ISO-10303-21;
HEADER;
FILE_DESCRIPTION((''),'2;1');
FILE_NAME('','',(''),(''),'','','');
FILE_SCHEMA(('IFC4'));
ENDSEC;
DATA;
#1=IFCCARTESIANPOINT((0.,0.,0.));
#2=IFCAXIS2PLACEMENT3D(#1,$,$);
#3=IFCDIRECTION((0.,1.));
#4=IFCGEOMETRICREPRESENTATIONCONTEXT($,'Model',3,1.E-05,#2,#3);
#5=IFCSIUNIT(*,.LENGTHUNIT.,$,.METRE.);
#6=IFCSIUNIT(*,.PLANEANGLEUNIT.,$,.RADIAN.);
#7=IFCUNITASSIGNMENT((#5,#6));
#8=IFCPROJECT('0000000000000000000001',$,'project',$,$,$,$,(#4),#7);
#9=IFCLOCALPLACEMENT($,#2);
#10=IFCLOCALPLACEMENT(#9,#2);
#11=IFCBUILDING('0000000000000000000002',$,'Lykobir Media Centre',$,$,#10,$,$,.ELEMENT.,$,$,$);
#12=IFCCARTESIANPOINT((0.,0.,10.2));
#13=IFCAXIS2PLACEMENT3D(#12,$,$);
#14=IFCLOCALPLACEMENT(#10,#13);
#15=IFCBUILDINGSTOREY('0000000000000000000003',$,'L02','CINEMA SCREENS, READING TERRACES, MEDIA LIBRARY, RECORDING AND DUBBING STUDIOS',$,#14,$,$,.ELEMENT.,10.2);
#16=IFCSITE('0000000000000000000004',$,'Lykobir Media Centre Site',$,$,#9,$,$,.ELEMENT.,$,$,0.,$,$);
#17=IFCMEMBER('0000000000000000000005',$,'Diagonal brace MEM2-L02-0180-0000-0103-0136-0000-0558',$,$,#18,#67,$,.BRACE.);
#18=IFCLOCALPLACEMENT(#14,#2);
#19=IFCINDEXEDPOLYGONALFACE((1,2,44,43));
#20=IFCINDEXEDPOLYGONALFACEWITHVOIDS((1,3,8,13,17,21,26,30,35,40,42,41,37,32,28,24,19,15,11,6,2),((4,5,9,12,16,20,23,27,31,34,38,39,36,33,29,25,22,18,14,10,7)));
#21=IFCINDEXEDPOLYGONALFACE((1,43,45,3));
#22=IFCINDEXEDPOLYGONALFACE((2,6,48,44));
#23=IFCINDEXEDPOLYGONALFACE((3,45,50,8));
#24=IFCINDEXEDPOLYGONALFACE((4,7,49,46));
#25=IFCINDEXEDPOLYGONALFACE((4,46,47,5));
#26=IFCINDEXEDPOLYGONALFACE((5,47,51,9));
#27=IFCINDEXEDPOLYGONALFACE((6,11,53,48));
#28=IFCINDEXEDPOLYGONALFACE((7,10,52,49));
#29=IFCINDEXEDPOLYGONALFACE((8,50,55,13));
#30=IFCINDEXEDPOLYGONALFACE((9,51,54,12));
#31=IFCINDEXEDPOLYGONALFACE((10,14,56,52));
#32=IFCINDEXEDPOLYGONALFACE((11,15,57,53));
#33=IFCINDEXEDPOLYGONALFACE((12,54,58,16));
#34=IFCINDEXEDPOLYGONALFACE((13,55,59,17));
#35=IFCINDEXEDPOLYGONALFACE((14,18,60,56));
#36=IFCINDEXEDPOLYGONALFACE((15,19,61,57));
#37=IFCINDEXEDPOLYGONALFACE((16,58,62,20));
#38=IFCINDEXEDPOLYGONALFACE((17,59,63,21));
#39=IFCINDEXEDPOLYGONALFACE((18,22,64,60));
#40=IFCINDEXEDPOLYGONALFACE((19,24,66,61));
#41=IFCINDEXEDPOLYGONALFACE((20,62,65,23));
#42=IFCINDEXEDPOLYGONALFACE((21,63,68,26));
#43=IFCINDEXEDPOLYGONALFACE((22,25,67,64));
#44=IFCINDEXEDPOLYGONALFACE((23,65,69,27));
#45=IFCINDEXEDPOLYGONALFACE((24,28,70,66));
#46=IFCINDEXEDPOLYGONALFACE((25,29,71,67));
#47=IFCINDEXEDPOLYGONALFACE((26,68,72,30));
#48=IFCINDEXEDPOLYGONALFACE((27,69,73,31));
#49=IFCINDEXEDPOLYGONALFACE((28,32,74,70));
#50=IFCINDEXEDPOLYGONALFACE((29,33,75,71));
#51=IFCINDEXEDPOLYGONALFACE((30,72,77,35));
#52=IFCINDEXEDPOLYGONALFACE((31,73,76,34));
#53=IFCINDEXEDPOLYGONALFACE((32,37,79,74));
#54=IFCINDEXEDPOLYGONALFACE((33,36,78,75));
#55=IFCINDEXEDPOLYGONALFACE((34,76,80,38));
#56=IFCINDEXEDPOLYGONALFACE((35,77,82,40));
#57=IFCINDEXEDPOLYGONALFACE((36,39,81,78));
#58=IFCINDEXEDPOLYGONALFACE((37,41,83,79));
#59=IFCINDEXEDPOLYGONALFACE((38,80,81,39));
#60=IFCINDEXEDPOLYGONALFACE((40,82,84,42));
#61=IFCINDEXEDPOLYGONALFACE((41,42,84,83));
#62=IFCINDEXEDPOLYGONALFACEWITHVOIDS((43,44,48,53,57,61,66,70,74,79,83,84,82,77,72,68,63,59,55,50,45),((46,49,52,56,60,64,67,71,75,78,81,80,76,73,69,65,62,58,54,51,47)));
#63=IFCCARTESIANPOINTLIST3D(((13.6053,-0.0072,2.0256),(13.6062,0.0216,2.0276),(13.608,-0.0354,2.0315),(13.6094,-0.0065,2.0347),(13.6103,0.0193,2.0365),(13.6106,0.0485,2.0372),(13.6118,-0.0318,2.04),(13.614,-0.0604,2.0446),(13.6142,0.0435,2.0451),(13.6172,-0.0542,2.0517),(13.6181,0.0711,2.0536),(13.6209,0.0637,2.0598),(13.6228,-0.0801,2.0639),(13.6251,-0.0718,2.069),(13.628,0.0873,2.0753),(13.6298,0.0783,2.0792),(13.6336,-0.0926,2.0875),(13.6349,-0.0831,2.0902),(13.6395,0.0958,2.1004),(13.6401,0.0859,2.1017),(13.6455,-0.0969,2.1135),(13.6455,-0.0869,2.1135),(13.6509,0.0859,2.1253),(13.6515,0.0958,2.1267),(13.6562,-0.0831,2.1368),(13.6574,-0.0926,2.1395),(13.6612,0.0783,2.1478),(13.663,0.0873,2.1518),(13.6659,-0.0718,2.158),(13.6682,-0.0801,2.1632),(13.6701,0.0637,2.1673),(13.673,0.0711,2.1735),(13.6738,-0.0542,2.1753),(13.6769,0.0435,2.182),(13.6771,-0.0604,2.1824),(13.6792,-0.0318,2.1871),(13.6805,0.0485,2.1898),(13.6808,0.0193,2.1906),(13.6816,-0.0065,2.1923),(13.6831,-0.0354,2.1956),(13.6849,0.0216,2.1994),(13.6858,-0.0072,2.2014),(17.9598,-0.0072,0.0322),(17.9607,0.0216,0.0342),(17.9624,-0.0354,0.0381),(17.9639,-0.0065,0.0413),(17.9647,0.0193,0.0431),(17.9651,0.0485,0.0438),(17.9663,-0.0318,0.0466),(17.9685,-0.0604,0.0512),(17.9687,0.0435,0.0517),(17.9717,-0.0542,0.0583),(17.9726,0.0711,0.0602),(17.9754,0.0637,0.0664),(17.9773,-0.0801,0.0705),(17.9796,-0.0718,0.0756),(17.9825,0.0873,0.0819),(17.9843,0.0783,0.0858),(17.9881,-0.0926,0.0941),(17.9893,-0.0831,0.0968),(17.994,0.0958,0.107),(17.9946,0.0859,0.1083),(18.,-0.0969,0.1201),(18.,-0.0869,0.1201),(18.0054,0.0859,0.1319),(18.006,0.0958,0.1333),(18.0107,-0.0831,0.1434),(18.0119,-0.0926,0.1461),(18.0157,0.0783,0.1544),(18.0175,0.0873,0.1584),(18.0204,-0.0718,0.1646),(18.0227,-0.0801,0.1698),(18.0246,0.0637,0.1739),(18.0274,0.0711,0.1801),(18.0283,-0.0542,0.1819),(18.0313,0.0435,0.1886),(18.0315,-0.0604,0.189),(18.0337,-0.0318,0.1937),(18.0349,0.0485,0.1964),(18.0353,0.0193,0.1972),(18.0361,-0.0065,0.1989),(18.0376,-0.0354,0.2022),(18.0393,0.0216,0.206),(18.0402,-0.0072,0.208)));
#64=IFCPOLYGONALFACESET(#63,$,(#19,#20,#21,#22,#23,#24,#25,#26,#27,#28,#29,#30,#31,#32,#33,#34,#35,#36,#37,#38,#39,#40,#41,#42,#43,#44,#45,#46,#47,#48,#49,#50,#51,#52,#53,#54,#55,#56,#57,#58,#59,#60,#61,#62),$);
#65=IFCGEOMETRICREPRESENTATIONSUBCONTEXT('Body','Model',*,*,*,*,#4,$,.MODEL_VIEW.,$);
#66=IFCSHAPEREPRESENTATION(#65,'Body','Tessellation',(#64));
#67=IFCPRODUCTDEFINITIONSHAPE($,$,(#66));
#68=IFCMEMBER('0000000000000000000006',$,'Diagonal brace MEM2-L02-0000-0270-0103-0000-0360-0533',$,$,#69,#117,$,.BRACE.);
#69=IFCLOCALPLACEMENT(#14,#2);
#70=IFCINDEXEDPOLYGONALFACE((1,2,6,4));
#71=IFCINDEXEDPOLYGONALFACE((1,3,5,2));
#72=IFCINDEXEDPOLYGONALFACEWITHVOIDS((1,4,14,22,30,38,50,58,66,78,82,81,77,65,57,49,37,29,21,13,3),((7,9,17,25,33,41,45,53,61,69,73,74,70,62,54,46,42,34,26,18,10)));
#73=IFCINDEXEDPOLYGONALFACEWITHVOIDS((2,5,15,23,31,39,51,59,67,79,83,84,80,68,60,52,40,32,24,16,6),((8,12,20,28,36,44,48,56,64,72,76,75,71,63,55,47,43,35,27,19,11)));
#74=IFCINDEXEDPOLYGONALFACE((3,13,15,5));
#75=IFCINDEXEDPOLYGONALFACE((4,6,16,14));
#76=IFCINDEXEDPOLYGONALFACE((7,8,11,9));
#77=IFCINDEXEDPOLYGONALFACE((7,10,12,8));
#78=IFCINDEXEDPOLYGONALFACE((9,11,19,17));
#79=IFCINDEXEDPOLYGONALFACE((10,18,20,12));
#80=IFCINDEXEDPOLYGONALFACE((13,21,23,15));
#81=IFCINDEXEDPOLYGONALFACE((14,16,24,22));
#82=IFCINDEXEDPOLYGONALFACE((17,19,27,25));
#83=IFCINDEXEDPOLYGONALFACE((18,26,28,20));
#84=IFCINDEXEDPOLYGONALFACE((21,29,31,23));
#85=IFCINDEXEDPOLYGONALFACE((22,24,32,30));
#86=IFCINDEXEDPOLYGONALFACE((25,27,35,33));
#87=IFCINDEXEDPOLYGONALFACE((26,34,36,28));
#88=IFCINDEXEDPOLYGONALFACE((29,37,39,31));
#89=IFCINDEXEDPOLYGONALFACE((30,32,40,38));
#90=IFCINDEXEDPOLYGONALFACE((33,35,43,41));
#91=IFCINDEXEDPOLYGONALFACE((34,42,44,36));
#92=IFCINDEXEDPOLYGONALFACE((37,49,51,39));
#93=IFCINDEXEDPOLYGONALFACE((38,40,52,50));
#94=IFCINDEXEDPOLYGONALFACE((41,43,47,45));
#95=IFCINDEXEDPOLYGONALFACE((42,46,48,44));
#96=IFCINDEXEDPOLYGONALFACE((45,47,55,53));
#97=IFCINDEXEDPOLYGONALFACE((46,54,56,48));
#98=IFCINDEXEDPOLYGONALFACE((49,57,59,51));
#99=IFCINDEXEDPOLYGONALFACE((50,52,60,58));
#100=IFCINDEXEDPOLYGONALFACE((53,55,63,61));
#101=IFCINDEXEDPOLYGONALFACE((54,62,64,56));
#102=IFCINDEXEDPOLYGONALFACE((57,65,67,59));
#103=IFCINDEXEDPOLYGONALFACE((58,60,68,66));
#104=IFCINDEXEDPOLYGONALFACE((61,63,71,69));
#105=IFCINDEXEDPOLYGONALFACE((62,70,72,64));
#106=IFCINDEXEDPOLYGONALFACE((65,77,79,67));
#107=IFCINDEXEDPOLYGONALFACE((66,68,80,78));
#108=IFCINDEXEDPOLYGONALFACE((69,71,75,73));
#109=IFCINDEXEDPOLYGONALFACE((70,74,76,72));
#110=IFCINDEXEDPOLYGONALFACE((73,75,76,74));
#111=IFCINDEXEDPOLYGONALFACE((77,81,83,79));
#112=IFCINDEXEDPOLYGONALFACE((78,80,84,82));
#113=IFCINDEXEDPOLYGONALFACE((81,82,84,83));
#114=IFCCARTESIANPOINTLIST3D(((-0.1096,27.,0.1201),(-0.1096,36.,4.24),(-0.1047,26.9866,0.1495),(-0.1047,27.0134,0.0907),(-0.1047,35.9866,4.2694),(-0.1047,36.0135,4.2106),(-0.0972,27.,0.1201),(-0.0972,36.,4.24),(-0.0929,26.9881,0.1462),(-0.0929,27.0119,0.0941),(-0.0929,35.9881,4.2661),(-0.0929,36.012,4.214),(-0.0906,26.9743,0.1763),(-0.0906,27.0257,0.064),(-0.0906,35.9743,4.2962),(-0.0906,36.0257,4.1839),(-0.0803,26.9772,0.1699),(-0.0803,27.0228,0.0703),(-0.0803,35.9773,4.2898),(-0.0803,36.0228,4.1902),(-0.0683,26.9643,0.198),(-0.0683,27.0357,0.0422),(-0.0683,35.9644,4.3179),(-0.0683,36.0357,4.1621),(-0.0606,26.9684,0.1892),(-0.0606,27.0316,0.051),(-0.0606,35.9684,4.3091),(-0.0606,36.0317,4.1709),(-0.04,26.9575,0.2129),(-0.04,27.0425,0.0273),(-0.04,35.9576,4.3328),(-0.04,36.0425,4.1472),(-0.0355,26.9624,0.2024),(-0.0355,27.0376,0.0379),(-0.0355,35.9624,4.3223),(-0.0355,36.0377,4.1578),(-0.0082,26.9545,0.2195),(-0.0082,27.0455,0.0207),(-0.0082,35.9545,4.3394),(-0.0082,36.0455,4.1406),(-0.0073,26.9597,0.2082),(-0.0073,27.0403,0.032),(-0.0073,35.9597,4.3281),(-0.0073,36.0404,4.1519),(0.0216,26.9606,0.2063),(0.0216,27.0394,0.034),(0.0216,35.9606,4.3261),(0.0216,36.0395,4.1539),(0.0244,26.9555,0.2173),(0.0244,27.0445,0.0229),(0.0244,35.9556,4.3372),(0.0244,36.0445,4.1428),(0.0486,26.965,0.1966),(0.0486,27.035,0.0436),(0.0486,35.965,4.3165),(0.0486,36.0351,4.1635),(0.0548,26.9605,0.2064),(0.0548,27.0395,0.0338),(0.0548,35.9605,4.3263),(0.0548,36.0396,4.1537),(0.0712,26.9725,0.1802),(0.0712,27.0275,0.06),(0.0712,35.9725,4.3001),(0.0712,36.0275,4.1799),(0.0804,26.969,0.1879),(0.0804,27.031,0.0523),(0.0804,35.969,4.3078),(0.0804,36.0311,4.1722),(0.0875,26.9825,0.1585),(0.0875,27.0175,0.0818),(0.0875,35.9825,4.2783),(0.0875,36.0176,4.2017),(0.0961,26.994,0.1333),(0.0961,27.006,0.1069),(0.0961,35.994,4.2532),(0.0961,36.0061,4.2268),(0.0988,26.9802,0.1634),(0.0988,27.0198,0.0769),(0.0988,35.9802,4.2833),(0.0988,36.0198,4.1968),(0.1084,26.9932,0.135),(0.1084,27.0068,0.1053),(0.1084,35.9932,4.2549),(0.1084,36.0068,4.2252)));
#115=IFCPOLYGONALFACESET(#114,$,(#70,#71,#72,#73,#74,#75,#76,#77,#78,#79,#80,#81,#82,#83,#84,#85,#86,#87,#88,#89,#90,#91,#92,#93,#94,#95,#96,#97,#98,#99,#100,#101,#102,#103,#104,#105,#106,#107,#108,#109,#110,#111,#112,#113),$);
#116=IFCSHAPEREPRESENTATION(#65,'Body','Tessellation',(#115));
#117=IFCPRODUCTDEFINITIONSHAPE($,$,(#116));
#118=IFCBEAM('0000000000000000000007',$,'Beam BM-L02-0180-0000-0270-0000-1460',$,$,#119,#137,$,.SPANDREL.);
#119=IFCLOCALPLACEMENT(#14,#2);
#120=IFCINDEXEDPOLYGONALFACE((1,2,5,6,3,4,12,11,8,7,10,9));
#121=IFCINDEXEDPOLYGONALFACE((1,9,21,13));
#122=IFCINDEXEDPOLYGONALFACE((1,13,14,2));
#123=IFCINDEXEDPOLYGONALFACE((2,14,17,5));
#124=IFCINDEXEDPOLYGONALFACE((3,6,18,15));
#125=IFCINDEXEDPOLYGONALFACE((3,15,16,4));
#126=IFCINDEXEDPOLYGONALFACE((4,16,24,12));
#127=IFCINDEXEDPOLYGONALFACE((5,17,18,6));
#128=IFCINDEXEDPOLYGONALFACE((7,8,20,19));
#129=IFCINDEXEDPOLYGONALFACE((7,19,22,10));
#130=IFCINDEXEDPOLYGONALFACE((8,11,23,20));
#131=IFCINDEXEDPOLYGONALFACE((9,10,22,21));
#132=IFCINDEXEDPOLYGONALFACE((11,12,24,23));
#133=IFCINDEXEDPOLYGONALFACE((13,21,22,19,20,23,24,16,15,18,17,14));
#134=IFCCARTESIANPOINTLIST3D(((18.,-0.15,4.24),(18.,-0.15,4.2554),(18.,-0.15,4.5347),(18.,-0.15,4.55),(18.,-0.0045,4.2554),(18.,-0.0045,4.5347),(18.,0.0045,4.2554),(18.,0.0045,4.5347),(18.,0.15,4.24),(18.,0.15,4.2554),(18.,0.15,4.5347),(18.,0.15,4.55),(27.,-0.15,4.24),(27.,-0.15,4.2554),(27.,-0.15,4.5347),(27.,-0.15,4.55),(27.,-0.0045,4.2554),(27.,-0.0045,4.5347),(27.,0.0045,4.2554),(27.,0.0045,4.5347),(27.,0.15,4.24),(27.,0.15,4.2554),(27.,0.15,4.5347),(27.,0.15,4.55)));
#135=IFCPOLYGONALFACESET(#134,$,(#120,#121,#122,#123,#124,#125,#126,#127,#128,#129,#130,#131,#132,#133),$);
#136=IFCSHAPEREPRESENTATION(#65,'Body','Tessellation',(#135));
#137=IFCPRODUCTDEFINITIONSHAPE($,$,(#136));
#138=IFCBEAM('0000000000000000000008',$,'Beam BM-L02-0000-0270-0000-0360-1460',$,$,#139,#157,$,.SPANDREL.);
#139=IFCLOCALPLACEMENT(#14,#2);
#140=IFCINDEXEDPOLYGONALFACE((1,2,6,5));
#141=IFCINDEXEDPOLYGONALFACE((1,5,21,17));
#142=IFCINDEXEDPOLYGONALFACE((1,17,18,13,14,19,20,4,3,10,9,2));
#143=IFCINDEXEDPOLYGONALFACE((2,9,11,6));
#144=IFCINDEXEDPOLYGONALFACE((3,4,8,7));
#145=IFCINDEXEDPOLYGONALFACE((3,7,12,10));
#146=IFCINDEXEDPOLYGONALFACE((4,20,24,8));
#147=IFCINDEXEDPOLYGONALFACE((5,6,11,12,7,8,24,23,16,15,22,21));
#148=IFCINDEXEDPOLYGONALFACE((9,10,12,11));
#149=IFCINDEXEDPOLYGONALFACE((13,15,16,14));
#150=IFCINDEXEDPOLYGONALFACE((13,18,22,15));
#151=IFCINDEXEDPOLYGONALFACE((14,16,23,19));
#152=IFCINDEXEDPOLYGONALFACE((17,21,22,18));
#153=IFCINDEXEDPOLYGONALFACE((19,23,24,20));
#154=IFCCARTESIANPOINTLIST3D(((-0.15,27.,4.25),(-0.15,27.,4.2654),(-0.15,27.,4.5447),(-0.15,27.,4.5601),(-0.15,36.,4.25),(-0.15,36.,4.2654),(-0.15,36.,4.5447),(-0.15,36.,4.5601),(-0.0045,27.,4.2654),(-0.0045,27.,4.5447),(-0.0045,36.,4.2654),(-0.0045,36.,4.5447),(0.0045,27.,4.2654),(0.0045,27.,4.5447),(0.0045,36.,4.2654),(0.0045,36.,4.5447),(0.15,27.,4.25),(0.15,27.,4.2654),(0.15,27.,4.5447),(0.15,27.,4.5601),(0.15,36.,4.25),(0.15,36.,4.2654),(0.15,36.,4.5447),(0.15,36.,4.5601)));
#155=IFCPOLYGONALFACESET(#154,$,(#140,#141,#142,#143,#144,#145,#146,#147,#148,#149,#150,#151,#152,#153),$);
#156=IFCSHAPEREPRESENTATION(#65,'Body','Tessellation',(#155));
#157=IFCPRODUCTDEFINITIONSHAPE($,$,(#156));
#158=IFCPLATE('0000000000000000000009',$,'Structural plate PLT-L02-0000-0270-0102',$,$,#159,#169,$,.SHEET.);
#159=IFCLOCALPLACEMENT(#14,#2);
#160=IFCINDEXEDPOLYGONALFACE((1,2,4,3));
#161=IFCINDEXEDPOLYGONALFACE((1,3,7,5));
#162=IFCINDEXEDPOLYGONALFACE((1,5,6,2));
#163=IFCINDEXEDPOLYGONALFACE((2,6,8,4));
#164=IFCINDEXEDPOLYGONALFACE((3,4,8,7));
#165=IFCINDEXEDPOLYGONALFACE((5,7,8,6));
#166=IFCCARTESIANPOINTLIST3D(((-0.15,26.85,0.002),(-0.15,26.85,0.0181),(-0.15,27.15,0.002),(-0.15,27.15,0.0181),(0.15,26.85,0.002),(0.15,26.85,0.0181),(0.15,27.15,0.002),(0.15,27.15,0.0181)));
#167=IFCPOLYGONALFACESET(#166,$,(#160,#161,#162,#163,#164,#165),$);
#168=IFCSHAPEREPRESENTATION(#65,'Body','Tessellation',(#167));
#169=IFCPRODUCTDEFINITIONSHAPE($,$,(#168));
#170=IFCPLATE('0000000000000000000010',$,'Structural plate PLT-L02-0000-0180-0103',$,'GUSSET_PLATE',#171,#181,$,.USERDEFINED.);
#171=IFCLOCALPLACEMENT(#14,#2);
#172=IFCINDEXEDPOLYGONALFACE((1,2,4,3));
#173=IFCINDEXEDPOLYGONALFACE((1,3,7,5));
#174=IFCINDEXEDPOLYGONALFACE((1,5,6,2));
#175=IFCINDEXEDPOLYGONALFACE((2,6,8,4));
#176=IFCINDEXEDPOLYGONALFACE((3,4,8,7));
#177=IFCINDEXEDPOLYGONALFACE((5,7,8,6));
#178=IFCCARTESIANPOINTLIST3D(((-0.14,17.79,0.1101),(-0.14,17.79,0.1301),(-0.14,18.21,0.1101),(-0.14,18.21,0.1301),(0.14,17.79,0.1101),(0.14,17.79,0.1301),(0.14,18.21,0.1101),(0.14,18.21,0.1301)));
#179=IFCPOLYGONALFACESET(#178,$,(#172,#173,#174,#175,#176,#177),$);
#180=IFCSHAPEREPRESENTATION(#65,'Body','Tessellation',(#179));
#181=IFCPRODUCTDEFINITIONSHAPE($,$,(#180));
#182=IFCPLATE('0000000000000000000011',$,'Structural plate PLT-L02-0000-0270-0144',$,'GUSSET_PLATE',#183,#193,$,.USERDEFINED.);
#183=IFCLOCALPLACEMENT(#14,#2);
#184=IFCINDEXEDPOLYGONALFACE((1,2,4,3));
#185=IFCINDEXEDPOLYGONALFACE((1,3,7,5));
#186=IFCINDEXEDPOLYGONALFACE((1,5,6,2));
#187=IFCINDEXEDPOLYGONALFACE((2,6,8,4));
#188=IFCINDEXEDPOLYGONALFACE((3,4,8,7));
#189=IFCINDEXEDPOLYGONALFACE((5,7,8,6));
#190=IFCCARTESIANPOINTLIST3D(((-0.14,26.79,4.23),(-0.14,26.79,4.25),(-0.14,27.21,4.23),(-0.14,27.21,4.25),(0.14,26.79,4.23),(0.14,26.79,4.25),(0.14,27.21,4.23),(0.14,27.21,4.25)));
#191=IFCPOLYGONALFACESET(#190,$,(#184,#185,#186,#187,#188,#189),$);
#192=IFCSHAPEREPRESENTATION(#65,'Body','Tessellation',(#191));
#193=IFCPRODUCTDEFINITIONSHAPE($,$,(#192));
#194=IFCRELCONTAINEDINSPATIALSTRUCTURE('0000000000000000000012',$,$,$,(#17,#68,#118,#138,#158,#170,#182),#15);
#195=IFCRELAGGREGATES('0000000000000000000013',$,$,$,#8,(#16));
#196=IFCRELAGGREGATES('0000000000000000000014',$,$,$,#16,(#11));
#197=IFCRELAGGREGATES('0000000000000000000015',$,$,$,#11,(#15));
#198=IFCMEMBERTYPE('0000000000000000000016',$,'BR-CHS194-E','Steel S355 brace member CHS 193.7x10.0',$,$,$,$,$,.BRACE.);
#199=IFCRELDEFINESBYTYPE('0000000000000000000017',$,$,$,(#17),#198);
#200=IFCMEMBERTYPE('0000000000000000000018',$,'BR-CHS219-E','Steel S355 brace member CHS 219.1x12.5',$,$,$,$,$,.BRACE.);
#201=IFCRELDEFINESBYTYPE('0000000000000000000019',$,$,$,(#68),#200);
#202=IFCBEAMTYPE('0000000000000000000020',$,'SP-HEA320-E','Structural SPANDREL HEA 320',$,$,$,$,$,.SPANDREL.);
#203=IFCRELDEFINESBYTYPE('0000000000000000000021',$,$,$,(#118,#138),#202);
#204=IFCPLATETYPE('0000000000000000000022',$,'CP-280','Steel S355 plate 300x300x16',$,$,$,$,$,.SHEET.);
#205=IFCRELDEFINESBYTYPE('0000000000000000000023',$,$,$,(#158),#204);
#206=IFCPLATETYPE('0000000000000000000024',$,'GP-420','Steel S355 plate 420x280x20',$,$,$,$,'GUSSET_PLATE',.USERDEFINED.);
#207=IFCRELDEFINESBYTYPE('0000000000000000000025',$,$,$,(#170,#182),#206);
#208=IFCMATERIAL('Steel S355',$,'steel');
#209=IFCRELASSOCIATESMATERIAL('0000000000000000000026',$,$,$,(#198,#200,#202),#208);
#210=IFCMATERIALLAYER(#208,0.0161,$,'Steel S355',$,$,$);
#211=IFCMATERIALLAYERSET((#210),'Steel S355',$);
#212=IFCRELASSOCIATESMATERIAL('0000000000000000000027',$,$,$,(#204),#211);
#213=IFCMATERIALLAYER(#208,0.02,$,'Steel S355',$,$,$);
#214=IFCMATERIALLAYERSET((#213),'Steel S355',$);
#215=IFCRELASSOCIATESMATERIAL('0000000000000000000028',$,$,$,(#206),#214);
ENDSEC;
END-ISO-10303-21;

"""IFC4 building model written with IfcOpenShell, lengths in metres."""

from ifc_helpers import new_model, si_unit, direction, frame, origin, origin_2d, place, context, subcontext, project, spatial, rectangle, hollow_circle, i_section, extrude, material, layer, layer_set, material_profile, profile_set, type_object, element, save


model = new_model("IFC4")

# Units and contexts
model_context = context("Model", 3, precision=1e-05, world=origin(), true_north=direction((0.0, 1.0)))
body_context = subcontext(model_context, "Body", "Model", "MODEL_VIEW")
ifc_project = project(units=[si_unit("LENGTHUNIT", "METRE"), si_unit("PLANEANGLEUNIT", "RADIAN")], contexts=[model_context])

# Site, building, storey
site_placement = place(None, origin())
site = spatial("IfcSite", under=ifc_project, at=site_placement, Name="Lykobir Media Centre Site", CompositionType="ELEMENT", RefElevation=0.0)
building_placement = place(site_placement, origin())
building = spatial("IfcBuilding", under=site, at=building_placement, Name="Lykobir Media Centre", CompositionType="ELEMENT")
storey_placement = place(building_placement, frame((0.0, 0.0, 10.2)))
storey = spatial("IfcBuildingStorey", under=building, at=storey_placement, Name="L02", Description="CINEMA SCREENS, READING TERRACES, MEDIA LIBRARY, RECORDING AND DUBBING STUDIOS", CompositionType="ELEMENT", Elevation=10.2)

# Shared definitions
ifc_material_1 = material(Name="Steel S355", Category="steel")

# Members
ifc_material_profile_1 = material_profile(ifc_material_1, hollow_circle(Radius=0.0969, WallThickness=0.01, at=origin_2d()), Name="CHS 193.7x10.0")
ifc_profile_set_1 = profile_set([ifc_material_profile_1], Name="Steel S355")
member_type_1 = type_object("IfcMemberType", Name="BR-CHS194-E", Description="Steel S355 brace member CHS 193.7x10.0", PredefinedType="BRACE", material=ifc_profile_set_1)
for number, where, z_axis, x_axis, name in (
    (1, (18.0, 0.0, 0.1201), (-0.909255, 0.0, 0.41624), (0.0, -1.0, 0.0), "Diagonal brace MEM2-L02-0180-0000-0103-0136-0000-0558"),
):
    element("IfcMember", number, at=place(storey_placement, frame(where, z_axis=z_axis, x_axis=x_axis)), inside=storey, type_object=member_type_1, Name=name, PredefinedType="BRACE", context=body_context, shape_type="SweptSolid", body=[
        extrude(hollow_circle(Radius=0.0969, WallThickness=0.01, at=origin_2d()), origin(), (0.0, 0.0, 1.0), 4.7891),
    ])
ifc_material_profile_2 = material_profile(ifc_material_1, hollow_circle(Radius=0.1096, WallThickness=0.0125, at=origin_2d()), Name="CHS 219.1x12.5")
ifc_profile_set_2 = profile_set([ifc_material_profile_2], Name="Steel S355")
member_type_2 = type_object("IfcMemberType", Name="BR-CHS219-E", Description="Steel S355 brace member CHS 219.1x12.5", PredefinedType="BRACE", material=ifc_profile_set_2)
member_placement = place(storey_placement, frame((0.0, 27.0, 0.1201), z_axis=(0.0, 0.909261, 0.416227), x_axis=(-1.0, 0.0, 0.0)))
element("IfcMember", 2, at=member_placement, inside=storey, type_object=member_type_2, Name="Diagonal brace MEM2-L02-0000-0270-0103-0000-0360-0533", PredefinedType="BRACE", context=body_context, shape_type="SweptSolid", body=[
    extrude(hollow_circle(Radius=0.1096, WallThickness=0.0125, at=origin_2d()), origin(), (0.0, 0.0, 1.0), 9.8982),
])

# Beams
ifc_material_profile_3 = material_profile(ifc_material_1, i_section(OverallWidth=0.3, OverallDepth=0.3101, WebThickness=0.009, FlangeThickness=0.0154, at=origin_2d()), Name="HEA 320")
ifc_profile_set_3 = profile_set([ifc_material_profile_3], Name="Steel S355")
beam_type_1 = type_object("IfcBeamType", Name="SP-HEA320-E", Description="Structural SPANDREL HEA 320", PredefinedType="SPANDREL", material=ifc_profile_set_3)
for number, where, z_axis, x_axis, name in (
    (3, (18.0, 0.0, 4.395), (1.0, 0.0, 0.0), (0.0, 1.0, 0.0), "Beam BM-L02-0180-0000-0270-0000-1460"),
    (4, (0.0, 27.0, 4.405), (0.0, 1.0, 0.0), (-1.0, 0.0, 0.0), "Beam BM-L02-0000-0270-0000-0360-1460"),
):
    element("IfcBeam", number, at=place(storey_placement, frame(where, z_axis=z_axis, x_axis=x_axis)), inside=storey, type_object=beam_type_1, Name=name, PredefinedType="SPANDREL", context=body_context, shape_type="SweptSolid", body=[
        extrude(i_section(OverallWidth=0.3, OverallDepth=0.3101, WebThickness=0.009, FlangeThickness=0.0154, at=origin_2d()), origin(), (0.0, 0.0, 1.0), 9.0),
    ])

# Plates
ifc_layer_1 = layer(ifc_material_1, 0.0161, Name="Steel S355")
ifc_layer_set_1 = layer_set([ifc_layer_1], Name="Steel S355")
plate_type_1 = type_object("IfcPlateType", Name="CP-280", Description="Steel S355 plate 300x300x16", PredefinedType="SHEET", material=ifc_layer_set_1)
plate_placement = place(storey_placement, frame((0.0, 27.0, 0.002), z_axis=(0.0, 0.0, 1.0), x_axis=(0.0, 1.0, 0.0)))
element("IfcPlate", 5, at=plate_placement, inside=storey, type_object=plate_type_1, Name="Structural plate PLT-L02-0000-0270-0102", PredefinedType="SHEET", context=body_context, shape_type="SweptSolid", body=[
    extrude(rectangle(XDim=0.3, YDim=0.3, at=origin_2d()), origin(), (0.0, 0.0, 1.0), 0.0161),
])
ifc_layer_2 = layer(ifc_material_1, 0.02, Name="Steel S355")
ifc_layer_set_2 = layer_set([ifc_layer_2], Name="Steel S355")
plate_type_2 = type_object("IfcPlateType", Name="GP-420", Description="Steel S355 plate 420x280x20", ElementType="GUSSET_PLATE", PredefinedType="USERDEFINED", material=ifc_layer_set_2)
for number, where, z_axis, x_axis, name in (
    (6, (0.0, 18.0, 0.1101), (0.0, 0.0, 1.0), (0.0, 1.0, 0.0), "Structural plate PLT-L02-0000-0180-0103"),
    (7, (0.0, 27.0, 4.23), (0.0, 0.0, 1.0), (0.0, 1.0, 0.0), "Structural plate PLT-L02-0000-0270-0144"),
):
    element("IfcPlate", number, at=place(storey_placement, frame(where, z_axis=z_axis, x_axis=x_axis)), inside=storey, type_object=plate_type_2, Name=name, ObjectType="GUSSET_PLATE", PredefinedType="USERDEFINED", context=body_context, shape_type="SweptSolid", body=[
        extrude(rectangle(XDim=0.4199, YDim=0.28, at=origin_2d()), origin(), (0.0, 0.0, 1.0), 0.02),
    ])

save(model, "model.ifc")
